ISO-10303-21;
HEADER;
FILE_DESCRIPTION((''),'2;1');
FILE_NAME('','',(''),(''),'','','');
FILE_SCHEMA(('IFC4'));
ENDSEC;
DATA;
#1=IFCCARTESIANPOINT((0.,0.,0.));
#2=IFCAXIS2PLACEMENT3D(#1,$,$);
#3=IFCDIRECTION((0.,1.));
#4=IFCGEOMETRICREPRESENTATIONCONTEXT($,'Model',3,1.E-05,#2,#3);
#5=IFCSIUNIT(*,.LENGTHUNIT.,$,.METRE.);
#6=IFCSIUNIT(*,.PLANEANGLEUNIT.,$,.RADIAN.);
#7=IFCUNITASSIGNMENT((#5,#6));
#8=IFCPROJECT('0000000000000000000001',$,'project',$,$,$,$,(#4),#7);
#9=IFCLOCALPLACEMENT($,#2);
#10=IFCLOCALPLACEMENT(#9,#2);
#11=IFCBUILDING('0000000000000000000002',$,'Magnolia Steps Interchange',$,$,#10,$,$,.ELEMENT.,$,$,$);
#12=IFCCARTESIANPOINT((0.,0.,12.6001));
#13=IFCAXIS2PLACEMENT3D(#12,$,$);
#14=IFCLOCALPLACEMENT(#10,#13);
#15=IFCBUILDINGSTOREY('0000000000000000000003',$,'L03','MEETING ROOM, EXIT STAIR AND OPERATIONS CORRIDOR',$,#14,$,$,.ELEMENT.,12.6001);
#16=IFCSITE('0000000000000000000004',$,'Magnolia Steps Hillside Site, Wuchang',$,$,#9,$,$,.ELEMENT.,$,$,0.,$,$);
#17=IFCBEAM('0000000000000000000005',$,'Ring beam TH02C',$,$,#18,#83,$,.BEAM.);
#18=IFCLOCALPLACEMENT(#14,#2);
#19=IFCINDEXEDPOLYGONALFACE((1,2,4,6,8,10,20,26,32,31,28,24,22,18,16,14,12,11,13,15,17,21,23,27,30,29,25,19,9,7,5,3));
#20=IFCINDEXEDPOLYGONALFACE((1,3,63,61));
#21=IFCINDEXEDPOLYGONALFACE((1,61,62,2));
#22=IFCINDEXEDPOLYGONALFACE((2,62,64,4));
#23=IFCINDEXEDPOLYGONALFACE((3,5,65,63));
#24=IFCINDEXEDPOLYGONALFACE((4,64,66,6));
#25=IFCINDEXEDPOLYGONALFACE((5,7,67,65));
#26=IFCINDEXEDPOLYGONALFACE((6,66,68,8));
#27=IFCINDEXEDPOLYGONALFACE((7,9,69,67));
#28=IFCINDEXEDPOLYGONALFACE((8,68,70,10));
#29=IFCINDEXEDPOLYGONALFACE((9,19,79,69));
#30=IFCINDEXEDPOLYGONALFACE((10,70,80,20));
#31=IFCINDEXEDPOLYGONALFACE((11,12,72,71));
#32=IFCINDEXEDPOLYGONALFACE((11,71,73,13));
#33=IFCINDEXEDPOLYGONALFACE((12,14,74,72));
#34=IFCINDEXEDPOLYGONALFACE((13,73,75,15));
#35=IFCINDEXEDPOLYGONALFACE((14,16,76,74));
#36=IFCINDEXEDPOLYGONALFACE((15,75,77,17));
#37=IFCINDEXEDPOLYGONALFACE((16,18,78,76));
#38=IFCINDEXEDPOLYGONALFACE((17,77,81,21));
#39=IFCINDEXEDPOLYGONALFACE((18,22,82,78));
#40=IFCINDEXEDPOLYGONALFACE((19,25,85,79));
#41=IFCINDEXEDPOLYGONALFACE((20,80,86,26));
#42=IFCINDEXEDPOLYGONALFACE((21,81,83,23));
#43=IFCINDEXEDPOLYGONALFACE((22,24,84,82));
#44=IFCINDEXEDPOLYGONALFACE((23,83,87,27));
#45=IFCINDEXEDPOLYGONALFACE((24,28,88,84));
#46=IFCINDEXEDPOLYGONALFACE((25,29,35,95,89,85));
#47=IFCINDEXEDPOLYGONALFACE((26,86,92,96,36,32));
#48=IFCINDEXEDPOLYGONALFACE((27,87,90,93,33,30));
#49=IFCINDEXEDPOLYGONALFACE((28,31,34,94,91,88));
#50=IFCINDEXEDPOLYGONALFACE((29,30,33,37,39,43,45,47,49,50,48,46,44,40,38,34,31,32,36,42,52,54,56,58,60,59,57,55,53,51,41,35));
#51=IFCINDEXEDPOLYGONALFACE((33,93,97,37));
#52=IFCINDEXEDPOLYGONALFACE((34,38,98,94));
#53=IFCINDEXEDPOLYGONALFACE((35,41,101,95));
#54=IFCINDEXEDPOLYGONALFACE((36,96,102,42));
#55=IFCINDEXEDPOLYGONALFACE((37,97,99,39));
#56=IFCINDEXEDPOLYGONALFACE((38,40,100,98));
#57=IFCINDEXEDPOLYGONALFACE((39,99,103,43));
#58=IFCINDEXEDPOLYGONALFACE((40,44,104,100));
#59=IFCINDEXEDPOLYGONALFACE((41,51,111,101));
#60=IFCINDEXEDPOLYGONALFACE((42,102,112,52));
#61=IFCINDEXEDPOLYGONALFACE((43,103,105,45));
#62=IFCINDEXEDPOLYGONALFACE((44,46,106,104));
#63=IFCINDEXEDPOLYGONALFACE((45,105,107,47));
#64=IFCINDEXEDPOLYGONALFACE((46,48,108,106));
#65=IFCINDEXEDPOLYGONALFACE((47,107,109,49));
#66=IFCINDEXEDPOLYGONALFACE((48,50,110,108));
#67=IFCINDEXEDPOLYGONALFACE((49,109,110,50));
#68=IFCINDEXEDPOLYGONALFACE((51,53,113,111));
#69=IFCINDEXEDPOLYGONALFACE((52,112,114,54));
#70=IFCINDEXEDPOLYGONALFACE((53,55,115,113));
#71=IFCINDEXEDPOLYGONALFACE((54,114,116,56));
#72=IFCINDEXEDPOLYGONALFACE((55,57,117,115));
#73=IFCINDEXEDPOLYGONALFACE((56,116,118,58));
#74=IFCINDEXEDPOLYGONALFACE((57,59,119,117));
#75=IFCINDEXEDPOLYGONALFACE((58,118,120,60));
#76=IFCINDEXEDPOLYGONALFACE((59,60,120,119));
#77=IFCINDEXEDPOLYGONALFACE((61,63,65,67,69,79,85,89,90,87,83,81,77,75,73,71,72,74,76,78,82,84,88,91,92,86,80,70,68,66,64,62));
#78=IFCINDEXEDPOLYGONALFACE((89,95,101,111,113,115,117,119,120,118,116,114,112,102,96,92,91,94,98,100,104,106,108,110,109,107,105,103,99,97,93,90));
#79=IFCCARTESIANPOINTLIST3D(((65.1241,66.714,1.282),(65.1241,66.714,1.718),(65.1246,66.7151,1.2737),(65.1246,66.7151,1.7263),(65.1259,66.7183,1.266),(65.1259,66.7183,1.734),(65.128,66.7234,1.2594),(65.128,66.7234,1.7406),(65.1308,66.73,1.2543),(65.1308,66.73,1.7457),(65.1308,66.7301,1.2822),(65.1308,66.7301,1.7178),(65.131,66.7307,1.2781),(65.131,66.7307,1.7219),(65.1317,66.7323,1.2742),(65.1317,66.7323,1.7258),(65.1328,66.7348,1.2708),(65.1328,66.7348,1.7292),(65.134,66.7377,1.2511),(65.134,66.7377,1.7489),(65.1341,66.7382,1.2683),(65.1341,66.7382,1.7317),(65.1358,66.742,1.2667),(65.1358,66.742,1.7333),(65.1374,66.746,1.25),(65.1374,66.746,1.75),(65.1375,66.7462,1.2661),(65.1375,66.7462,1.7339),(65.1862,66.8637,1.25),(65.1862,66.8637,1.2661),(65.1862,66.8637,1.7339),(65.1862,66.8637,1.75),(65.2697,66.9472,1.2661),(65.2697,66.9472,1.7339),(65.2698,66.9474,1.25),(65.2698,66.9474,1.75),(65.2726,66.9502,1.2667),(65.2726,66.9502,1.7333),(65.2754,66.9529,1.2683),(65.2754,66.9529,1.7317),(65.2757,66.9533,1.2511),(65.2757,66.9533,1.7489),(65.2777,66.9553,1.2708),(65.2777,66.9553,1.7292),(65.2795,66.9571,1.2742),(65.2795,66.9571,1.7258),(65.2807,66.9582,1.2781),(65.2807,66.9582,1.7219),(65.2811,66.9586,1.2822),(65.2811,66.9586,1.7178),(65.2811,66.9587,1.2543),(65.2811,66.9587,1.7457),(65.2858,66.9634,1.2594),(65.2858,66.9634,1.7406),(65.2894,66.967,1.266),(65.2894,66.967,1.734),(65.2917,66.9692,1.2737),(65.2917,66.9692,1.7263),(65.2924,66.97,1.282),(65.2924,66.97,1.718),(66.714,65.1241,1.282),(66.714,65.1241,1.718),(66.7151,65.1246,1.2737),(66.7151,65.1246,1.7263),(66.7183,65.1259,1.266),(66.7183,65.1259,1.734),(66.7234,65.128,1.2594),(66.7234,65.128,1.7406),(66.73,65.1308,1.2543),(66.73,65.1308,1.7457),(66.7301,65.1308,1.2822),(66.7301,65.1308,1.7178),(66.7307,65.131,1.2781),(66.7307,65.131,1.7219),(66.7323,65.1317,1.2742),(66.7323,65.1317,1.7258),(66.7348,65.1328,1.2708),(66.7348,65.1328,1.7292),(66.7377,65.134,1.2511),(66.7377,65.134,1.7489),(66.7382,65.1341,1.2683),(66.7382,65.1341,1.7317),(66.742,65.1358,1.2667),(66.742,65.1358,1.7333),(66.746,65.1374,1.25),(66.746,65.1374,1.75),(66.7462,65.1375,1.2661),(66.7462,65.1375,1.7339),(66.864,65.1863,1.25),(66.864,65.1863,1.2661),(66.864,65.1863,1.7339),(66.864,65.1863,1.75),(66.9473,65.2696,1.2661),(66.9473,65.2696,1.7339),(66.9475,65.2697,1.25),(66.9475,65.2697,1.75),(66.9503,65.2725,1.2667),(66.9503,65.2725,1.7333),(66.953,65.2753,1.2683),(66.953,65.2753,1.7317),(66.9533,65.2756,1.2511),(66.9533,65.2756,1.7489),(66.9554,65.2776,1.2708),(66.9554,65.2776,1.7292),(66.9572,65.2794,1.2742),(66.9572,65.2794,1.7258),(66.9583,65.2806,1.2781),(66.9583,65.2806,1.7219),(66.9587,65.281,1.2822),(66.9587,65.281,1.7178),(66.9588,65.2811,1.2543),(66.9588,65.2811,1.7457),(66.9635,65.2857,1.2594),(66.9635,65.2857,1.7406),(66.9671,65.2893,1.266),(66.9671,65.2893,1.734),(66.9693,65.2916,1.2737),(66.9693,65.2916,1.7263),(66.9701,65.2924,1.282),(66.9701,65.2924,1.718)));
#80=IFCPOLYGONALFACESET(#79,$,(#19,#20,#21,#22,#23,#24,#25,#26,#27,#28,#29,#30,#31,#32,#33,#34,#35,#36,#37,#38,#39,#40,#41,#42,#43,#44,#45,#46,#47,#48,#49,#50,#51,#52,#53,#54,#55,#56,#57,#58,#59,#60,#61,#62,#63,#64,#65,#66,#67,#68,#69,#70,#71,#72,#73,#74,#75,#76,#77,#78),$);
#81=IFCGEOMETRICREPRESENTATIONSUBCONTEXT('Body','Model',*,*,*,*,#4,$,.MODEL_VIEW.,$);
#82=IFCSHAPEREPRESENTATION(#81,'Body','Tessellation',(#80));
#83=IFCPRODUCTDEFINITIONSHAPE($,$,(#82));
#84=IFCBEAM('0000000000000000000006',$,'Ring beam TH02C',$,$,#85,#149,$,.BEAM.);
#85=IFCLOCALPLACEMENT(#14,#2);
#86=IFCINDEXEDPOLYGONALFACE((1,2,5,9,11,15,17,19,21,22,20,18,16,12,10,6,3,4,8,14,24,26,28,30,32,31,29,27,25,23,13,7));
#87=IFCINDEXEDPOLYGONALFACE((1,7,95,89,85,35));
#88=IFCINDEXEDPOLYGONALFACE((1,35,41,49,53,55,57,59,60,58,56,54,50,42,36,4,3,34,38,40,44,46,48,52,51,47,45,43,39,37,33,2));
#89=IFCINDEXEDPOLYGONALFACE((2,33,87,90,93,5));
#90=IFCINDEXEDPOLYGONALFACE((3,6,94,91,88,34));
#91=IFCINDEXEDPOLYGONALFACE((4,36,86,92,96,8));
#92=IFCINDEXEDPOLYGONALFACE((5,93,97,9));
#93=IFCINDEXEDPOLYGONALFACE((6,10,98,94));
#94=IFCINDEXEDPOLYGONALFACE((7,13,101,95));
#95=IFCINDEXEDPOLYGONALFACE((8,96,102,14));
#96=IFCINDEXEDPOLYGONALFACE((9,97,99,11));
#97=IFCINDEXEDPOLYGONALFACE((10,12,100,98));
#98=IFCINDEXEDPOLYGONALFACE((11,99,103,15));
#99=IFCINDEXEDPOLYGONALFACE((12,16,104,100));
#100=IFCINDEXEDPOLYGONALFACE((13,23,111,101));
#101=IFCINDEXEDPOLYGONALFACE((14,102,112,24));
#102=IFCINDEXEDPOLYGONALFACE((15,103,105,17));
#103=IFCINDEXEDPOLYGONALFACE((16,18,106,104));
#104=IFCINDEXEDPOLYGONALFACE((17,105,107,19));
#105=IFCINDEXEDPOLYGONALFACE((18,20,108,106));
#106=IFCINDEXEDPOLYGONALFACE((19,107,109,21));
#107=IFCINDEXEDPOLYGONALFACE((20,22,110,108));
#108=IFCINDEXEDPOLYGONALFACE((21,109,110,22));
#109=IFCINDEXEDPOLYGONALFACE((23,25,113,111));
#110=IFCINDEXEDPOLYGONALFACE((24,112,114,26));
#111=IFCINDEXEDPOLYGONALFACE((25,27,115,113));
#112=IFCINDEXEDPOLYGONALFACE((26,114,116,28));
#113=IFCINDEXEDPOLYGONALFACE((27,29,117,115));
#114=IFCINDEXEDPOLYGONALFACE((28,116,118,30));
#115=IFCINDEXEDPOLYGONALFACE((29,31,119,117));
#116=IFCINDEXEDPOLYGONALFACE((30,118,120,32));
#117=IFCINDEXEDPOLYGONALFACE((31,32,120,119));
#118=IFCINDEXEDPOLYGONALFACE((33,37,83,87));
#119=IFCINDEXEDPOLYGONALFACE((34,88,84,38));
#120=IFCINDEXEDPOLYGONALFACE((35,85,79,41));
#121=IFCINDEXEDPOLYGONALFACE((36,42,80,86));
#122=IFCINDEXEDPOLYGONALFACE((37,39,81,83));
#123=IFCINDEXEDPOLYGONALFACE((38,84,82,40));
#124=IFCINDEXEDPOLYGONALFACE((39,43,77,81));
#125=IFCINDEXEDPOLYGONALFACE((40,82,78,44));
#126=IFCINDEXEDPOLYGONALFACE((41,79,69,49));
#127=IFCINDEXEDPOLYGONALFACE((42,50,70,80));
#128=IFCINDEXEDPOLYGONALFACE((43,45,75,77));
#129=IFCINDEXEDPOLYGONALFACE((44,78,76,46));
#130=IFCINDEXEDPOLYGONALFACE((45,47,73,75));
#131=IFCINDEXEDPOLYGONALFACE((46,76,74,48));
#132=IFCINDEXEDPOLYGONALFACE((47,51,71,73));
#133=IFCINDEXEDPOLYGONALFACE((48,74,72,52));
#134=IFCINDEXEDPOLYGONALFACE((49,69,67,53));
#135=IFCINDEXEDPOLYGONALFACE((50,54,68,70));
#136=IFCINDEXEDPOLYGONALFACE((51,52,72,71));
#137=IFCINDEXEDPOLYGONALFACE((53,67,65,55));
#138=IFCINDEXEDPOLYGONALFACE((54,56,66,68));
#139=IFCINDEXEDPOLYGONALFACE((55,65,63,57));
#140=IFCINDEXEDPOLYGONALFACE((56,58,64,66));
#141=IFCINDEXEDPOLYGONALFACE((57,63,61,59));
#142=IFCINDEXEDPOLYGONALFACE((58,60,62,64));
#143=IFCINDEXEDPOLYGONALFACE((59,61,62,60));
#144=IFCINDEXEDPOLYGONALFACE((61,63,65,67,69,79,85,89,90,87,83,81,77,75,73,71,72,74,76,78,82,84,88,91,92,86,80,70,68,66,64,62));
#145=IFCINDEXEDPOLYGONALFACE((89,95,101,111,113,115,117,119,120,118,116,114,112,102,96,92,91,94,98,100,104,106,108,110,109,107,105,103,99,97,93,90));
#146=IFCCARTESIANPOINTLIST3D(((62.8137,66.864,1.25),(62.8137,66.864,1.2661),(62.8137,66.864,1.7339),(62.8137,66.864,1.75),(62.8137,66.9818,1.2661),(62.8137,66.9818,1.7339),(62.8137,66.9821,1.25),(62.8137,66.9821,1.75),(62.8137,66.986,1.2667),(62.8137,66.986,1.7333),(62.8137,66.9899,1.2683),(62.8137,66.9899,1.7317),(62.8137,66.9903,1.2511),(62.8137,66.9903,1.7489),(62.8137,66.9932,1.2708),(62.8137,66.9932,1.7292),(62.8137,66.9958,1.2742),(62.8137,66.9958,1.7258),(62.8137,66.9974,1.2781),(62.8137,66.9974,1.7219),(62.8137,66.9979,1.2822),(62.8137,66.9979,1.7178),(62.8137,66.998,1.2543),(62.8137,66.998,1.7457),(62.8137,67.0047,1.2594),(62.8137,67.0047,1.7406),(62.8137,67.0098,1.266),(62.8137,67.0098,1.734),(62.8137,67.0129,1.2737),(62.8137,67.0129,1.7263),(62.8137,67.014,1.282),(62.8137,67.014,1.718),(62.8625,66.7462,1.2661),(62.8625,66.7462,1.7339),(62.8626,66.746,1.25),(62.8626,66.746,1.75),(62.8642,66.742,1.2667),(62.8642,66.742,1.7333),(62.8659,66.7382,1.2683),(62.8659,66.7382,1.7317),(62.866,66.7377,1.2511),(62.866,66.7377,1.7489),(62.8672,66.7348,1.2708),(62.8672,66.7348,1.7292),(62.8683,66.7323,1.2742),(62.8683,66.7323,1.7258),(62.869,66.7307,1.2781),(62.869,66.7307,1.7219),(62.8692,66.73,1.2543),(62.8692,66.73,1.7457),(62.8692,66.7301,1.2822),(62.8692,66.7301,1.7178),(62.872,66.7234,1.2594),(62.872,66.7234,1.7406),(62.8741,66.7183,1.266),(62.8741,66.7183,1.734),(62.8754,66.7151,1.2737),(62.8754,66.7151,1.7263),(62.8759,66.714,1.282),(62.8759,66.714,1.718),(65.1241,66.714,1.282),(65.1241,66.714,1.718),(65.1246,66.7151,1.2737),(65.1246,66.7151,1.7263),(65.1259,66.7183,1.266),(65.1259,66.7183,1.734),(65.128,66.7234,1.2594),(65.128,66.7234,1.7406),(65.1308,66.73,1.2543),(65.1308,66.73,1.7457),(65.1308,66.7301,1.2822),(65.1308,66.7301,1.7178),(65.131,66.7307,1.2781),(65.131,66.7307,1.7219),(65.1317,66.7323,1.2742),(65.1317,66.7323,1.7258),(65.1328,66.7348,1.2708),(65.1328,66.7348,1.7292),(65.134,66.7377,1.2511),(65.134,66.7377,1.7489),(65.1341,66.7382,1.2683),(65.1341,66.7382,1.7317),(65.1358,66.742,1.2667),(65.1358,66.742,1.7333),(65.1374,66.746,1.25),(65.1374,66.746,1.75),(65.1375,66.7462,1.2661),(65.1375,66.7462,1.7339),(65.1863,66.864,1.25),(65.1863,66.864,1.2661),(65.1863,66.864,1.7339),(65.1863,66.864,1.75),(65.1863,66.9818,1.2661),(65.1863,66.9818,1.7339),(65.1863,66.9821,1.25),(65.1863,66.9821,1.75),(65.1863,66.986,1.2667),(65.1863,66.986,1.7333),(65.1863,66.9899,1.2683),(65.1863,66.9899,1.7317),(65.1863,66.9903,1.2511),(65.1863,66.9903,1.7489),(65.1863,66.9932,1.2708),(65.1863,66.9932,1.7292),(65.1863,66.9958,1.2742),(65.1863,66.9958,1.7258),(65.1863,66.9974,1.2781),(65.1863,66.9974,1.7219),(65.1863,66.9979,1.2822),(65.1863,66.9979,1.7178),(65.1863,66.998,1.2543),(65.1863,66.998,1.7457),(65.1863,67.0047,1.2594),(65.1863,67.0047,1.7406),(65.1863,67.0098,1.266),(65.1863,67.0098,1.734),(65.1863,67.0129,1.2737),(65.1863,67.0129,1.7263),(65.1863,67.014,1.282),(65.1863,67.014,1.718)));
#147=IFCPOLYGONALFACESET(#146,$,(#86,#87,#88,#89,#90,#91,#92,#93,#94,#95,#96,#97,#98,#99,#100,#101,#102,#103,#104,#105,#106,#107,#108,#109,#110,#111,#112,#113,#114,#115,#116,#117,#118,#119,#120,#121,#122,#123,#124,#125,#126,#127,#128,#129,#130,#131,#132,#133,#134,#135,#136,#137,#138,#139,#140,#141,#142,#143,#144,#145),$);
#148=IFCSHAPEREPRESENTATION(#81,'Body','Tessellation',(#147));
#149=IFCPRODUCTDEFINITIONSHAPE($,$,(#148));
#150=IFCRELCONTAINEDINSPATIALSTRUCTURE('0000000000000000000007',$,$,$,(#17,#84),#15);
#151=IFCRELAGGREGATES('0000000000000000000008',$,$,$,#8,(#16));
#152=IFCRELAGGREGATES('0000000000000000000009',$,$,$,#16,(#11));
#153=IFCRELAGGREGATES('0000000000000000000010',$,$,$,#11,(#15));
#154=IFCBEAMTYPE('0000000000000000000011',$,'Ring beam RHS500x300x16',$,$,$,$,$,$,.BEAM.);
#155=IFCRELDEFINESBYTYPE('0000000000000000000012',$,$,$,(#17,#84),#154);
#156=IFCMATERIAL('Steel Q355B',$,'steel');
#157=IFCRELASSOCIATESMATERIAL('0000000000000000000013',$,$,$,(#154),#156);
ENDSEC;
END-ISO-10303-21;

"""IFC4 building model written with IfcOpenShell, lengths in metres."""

from ifc_helpers import new_model, si_unit, direction, frame, origin, origin_2d, place, context, subcontext, project, spatial, hollow_rectangle, extrude, clip, halfspace, material, material_profile, profile_set, type_object, element, save


model = new_model("IFC4")

# Units and contexts
model_context = context("Model", 3, precision=1e-05, world=origin(), true_north=direction((0.0, 1.0)))
body_context = subcontext(model_context, "Body", "Model", "MODEL_VIEW")
ifc_project = project(units=[si_unit("LENGTHUNIT", "METRE"), si_unit("PLANEANGLEUNIT", "RADIAN")], contexts=[model_context])

# Site, building, storey
site_placement = place(None, origin())
site = spatial("IfcSite", under=ifc_project, at=site_placement, Name="Magnolia Steps Hillside Site, Wuchang", CompositionType="ELEMENT", RefElevation=0.0)
building_placement = place(site_placement, origin())
building = spatial("IfcBuilding", under=site, at=building_placement, Name="Magnolia Steps Interchange", CompositionType="ELEMENT")
storey_placement = place(building_placement, frame((0.0, 0.0, 12.6001)))
storey = spatial("IfcBuildingStorey", under=building, at=storey_placement, Name="L03", Description="MEETING ROOM, EXIT STAIR AND OPERATIONS CORRIDOR", CompositionType="ELEMENT", Elevation=12.6001)

# Beams
ifc_material_1 = material(Name="Steel Q355B", Category="steel")
ifc_material_profile_1 = material_profile(ifc_material_1, hollow_rectangle(XDim=0.3, YDim=0.5, WallThickness=0.0161, InnerFilletRadius=0.0161, OuterFilletRadius=0.032, at=origin_2d()), Name="RHS500x300x16")
ifc_profile_set_1 = profile_set([ifc_material_profile_1], Name="Steel Q355B")
beam_type_1 = type_object("IfcBeamType", Name="Ring beam RHS500x300x16", PredefinedType="BEAM", material=ifc_profile_set_1)
beam_1_placement = place(storey_placement, frame((66.864, 65.1863, 1.5), z_axis=(-0.707107, 0.707107, 0.0), x_axis=(-0.707107, -0.707107, 0.0)))
element("IfcBeam", 1, at=beam_1_placement, inside=storey, type_object=beam_type_1, Name="Ring beam TH02C", PredefinedType="BEAM", context=body_context, shape_type="Clipping", body=[
    clip(clip(extrude(hollow_rectangle(XDim=0.3, YDim=0.5, WallThickness=0.0161, InnerFilletRadius=0.0161, OuterFilletRadius=0.032, at=origin_2d()), origin(), (0.0, 0.0, 1.0), 2.3726), halfspace(frame((0.0, 0.0, 0.0), z_axis=(0.382683, 0.0, -0.92388), x_axis=(0.92388, 0.0, 0.382683)), False)), halfspace(frame((0.0, 0.0, 2.3727), z_axis=(0.382683, 0.0, 0.92388), x_axis=(0.92388, 0.0, -0.382683)), False)),
])
beam_2_placement = place(storey_placement, frame((65.1863, 66.864, 1.5), z_axis=(-1.0, 0.0, 0.0), x_axis=(0.0, -1.0, 0.0)))
element("IfcBeam", 2, at=beam_2_placement, inside=storey, type_object=beam_type_1, Name="Ring beam TH02C", PredefinedType="BEAM", context=body_context, shape_type="Clipping", body=[
    clip(clip(extrude(hollow_rectangle(XDim=0.3, YDim=0.5, WallThickness=0.0161, InnerFilletRadius=0.0161, OuterFilletRadius=0.032, at=origin_2d()), origin(), (0.0, 0.0, 1.0), 2.3726), halfspace(frame((0.0, 0.0, 0.0), z_axis=(0.382683, 0.0, -0.92388), x_axis=(0.92388, 0.0, 0.382683)), False)), halfspace(frame((0.0, 0.0, 2.3726), z_axis=(0.382683, 0.0, 0.92388), x_axis=(0.92388, 0.0, -0.382683)), False)),
])

save(model, "model.ifc")
